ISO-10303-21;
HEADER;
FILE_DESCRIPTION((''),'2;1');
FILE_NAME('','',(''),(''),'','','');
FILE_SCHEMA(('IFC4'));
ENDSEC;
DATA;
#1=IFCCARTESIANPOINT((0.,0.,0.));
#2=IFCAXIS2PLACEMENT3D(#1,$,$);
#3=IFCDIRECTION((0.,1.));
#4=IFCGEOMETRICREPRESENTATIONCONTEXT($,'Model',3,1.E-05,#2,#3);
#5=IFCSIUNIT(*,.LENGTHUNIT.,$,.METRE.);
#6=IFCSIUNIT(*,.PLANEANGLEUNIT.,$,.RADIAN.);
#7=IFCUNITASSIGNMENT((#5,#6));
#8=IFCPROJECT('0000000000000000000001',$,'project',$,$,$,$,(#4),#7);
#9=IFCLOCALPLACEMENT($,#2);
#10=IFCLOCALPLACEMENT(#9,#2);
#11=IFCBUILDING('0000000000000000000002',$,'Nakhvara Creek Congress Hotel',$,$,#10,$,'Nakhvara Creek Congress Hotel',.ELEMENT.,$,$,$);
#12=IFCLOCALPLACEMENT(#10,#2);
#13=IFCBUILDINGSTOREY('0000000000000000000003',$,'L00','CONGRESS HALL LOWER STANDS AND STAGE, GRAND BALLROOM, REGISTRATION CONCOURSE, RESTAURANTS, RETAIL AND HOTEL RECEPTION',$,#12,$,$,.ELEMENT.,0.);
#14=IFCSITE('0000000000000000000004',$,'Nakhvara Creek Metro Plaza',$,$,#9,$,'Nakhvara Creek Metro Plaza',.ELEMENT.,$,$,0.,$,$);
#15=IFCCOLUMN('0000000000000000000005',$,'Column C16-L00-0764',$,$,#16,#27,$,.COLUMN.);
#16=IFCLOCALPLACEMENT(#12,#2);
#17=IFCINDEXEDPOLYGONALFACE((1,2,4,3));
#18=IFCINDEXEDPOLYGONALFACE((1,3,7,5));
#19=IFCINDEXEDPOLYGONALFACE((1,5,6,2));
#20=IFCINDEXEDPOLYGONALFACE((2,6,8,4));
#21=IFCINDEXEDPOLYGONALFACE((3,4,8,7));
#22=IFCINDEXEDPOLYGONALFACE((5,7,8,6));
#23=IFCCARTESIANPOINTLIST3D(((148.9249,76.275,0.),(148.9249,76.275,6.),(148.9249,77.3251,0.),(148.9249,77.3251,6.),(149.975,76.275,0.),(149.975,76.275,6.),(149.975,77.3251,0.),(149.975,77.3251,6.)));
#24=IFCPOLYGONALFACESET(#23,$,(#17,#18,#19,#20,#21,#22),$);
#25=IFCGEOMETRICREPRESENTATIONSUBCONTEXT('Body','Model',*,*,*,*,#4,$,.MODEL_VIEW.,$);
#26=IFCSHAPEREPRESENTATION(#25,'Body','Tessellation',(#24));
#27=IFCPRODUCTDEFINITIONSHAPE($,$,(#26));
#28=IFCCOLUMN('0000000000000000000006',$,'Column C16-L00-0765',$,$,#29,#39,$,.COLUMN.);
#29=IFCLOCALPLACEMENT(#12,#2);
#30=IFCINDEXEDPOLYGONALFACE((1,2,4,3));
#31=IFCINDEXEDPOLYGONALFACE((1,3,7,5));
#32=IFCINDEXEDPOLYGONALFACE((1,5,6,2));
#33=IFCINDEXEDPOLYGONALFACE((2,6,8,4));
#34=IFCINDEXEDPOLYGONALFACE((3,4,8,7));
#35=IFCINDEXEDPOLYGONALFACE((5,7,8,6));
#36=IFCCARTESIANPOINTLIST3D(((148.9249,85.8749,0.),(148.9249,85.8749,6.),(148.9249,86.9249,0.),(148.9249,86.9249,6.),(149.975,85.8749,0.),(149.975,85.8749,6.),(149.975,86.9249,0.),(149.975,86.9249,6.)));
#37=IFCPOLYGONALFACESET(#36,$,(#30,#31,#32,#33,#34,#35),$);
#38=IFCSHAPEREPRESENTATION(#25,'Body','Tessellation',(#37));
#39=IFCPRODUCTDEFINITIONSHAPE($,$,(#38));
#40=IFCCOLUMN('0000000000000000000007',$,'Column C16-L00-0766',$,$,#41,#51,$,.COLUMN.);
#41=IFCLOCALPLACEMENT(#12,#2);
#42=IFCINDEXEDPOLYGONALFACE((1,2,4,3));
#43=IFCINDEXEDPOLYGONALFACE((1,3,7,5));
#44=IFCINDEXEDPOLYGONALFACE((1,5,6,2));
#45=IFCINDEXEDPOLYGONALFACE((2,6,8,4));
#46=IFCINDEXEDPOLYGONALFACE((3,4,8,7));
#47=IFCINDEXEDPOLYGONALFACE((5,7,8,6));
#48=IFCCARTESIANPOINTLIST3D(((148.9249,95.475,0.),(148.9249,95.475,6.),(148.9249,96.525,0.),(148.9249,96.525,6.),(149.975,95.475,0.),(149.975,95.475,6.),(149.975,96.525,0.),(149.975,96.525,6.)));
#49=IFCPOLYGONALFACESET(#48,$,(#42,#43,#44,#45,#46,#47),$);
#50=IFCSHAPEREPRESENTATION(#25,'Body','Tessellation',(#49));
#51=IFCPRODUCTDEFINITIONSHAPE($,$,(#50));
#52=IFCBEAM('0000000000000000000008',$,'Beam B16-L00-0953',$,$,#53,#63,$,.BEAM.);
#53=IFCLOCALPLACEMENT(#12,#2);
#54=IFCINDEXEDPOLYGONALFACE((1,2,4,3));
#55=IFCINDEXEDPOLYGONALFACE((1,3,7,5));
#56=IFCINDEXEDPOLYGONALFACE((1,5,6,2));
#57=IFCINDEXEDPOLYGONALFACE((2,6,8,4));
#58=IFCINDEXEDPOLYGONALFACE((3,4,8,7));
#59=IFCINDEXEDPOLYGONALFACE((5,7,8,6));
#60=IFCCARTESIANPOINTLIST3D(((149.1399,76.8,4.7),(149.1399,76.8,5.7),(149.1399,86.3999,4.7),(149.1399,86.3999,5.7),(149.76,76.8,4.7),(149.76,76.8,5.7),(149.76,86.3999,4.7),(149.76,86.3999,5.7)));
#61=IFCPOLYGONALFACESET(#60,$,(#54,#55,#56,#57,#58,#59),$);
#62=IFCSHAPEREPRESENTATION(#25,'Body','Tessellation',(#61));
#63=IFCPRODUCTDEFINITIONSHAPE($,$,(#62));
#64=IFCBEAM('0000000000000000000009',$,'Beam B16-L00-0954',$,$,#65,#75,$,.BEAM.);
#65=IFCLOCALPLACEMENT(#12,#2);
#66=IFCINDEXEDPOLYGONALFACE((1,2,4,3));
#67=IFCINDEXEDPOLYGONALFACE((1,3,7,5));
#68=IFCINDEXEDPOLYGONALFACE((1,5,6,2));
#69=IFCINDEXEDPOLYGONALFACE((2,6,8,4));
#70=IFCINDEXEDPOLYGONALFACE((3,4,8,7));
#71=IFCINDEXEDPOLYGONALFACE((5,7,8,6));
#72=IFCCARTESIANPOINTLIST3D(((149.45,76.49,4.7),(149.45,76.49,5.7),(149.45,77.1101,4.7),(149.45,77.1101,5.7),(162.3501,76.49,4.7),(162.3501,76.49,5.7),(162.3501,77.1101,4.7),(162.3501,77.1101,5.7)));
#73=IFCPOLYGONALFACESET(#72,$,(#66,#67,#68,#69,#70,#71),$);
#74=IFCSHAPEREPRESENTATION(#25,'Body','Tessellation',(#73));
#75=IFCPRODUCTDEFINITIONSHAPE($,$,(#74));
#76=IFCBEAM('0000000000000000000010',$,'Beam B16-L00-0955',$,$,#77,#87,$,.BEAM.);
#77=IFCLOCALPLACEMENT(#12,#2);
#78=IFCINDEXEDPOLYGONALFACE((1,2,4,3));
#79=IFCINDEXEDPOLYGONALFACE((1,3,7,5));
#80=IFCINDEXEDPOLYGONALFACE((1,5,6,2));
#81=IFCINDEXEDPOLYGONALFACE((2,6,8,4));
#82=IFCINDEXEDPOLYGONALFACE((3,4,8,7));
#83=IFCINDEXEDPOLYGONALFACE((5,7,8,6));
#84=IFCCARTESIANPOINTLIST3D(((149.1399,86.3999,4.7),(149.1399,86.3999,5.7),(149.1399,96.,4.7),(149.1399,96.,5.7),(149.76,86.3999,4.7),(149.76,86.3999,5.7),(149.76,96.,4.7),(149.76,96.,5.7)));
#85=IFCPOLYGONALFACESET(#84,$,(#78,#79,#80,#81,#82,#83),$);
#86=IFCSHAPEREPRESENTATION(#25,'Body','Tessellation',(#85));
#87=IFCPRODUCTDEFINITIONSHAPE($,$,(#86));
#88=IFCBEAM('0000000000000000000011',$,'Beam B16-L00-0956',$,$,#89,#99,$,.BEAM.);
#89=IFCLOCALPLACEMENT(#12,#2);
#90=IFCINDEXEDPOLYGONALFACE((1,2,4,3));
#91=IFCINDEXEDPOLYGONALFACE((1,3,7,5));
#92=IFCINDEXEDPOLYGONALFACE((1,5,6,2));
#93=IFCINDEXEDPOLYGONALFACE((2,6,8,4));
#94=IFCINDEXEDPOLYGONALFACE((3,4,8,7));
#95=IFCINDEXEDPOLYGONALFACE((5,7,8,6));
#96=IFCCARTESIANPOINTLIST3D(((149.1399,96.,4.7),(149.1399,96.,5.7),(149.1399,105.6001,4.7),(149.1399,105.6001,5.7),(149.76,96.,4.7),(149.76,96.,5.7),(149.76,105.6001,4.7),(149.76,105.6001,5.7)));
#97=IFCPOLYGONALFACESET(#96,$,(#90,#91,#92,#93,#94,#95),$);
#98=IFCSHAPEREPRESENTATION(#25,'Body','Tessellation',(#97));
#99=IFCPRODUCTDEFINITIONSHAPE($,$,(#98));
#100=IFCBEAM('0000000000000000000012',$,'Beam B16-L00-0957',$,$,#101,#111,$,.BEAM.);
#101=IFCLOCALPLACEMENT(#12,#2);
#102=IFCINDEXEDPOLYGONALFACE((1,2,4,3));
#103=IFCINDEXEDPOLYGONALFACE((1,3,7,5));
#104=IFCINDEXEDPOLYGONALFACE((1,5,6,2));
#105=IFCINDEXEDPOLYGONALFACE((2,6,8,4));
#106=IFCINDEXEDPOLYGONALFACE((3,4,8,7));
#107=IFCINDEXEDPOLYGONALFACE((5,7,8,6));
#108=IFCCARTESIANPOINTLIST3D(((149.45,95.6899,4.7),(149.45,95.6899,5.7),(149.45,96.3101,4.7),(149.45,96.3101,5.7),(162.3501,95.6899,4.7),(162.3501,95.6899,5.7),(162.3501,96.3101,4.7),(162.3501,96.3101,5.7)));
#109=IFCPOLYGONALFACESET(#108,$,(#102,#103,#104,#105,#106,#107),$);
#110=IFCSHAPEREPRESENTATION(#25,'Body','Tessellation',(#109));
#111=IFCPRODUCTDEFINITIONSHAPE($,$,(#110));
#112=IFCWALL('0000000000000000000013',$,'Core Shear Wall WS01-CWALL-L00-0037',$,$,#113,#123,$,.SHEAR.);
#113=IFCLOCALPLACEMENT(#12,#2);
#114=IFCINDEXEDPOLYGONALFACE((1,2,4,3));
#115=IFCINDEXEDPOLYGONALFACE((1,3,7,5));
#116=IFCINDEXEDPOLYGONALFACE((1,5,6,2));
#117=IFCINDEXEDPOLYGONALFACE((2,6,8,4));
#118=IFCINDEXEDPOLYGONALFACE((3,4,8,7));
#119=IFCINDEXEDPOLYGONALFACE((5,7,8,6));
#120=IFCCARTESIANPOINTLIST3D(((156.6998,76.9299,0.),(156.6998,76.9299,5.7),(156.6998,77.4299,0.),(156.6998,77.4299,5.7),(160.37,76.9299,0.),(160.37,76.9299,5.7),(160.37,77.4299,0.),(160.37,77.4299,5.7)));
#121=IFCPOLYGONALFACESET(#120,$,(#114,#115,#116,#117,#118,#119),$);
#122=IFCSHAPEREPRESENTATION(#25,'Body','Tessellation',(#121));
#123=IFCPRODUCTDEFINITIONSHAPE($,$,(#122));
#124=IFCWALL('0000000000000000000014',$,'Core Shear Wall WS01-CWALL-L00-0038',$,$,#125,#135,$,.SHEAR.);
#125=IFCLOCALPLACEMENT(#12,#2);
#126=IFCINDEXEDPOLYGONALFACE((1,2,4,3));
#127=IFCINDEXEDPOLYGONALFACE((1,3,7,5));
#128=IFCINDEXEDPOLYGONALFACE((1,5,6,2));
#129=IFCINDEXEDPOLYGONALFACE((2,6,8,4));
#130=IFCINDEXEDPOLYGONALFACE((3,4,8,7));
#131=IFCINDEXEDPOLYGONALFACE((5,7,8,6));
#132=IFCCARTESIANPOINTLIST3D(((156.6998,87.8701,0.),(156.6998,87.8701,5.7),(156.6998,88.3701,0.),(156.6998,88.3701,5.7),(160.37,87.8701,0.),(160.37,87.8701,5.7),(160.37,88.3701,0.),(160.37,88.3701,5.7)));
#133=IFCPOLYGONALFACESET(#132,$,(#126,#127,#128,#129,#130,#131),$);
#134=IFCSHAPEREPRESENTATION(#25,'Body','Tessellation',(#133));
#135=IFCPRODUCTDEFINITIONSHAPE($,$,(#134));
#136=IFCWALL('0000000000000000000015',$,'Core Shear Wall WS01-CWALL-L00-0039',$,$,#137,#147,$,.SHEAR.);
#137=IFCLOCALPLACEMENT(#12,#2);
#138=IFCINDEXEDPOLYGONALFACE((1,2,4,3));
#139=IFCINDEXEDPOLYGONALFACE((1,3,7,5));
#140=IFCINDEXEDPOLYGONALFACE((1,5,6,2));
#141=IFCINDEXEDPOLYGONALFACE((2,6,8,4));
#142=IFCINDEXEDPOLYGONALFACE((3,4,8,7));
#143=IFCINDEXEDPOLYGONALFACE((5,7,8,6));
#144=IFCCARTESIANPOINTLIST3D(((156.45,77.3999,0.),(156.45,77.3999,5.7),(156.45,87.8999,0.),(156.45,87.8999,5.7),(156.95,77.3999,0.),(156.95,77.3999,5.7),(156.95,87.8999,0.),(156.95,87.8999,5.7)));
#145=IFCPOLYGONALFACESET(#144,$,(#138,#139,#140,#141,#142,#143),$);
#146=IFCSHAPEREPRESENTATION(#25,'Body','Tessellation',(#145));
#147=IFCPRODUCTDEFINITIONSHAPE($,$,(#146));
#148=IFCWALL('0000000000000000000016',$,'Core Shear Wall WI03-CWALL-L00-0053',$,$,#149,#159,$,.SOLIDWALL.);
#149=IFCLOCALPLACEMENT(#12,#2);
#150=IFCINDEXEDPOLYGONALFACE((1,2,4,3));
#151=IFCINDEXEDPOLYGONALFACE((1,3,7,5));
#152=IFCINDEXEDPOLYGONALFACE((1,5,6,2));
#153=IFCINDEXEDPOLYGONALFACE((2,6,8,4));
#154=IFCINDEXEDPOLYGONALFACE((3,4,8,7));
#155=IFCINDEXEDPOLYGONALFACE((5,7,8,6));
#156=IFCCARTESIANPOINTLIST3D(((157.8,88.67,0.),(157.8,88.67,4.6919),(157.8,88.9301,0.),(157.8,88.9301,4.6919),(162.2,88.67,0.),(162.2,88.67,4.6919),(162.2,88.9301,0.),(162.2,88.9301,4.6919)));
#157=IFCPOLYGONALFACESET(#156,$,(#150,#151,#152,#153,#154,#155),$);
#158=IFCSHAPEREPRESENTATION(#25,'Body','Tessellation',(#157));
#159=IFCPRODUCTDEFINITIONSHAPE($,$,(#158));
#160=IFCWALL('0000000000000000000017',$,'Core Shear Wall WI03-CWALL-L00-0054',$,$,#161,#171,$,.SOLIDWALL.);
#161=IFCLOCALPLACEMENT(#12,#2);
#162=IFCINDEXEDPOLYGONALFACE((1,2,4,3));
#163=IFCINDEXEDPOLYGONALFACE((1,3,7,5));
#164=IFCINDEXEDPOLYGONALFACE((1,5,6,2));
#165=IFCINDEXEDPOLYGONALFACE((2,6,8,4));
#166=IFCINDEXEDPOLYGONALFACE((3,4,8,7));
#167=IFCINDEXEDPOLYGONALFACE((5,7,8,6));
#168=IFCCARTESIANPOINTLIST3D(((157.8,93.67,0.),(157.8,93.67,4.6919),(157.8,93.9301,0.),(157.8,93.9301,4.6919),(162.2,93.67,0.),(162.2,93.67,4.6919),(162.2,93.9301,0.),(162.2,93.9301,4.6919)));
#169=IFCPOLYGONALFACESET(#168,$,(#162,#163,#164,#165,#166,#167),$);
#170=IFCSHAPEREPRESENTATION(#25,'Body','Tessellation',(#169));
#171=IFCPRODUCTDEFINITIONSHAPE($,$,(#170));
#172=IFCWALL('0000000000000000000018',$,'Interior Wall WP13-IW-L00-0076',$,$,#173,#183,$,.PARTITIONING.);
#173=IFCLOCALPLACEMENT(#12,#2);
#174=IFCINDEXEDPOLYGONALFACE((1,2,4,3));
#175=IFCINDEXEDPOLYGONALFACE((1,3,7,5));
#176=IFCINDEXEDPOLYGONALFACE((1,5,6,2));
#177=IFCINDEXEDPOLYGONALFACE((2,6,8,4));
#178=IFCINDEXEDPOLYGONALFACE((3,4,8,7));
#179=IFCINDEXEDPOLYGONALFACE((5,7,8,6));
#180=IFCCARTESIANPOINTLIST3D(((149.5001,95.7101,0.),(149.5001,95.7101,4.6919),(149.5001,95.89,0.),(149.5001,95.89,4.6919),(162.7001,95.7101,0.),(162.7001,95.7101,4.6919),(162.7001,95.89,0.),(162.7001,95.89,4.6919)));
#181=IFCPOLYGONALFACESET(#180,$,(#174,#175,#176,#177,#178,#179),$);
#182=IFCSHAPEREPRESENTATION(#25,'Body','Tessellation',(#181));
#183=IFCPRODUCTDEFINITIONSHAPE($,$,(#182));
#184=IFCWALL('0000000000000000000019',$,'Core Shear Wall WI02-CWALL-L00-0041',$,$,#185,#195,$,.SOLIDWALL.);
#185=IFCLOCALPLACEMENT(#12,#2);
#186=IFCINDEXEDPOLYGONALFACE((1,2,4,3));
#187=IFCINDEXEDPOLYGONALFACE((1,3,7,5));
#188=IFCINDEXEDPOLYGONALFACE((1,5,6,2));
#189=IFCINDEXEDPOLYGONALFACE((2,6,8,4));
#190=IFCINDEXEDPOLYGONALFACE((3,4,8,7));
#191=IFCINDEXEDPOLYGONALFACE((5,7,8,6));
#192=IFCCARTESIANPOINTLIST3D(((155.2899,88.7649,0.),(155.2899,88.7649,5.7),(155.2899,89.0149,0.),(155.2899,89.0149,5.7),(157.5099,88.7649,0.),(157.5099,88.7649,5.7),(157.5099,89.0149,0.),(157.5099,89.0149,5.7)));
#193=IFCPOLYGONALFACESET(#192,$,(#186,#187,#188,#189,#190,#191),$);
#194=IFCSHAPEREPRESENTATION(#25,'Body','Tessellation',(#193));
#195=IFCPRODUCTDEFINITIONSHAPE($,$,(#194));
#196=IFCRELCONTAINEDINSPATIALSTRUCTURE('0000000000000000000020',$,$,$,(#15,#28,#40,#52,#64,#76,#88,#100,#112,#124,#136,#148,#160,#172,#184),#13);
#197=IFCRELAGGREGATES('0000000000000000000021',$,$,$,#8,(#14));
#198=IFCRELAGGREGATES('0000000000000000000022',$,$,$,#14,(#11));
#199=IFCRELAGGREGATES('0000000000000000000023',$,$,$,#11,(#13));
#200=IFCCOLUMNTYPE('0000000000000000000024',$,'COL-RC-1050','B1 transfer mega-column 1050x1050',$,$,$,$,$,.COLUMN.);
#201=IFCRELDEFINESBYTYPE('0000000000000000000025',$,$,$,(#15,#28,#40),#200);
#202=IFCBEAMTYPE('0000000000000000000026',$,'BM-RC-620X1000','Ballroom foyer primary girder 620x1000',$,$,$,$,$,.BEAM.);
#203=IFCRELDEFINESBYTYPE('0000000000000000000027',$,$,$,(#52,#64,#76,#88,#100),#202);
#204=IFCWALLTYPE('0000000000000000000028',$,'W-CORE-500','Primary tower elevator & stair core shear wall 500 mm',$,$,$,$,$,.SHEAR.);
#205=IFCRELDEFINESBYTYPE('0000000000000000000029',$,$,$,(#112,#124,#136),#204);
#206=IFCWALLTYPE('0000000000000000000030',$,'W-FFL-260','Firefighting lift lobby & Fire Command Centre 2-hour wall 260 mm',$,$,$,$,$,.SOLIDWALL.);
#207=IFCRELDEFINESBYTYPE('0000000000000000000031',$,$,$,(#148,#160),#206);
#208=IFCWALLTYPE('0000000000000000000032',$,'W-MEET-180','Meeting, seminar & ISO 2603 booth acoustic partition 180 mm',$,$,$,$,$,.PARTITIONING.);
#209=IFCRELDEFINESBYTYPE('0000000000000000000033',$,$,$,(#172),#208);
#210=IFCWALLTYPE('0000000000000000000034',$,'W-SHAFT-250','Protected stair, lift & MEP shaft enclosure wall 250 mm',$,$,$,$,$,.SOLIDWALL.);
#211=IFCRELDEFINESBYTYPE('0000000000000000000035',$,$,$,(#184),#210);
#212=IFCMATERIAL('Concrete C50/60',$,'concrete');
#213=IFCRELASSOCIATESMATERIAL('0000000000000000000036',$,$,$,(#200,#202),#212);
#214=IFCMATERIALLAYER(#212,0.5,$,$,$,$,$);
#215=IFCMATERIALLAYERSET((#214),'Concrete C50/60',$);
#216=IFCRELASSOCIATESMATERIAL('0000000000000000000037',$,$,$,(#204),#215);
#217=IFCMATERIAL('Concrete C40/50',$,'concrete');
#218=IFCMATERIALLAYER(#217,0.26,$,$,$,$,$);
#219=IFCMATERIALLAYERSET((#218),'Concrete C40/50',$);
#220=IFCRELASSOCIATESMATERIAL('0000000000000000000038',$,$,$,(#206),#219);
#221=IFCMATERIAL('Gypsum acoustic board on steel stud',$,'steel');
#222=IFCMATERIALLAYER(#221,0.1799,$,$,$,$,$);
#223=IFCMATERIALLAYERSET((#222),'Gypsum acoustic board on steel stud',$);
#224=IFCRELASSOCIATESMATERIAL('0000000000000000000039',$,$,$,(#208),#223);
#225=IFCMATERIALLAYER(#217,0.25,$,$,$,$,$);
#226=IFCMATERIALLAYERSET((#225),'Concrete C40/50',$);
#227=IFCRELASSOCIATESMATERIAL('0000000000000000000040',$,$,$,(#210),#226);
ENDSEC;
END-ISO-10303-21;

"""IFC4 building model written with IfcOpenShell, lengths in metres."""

from ifc_helpers import new_model, si_unit, direction, frame, frame_2d, origin, origin_2d, place, context, subcontext, project, spatial, rectangle, extrude, material, layer, layer_set, material_profile, profile_set, type_object, element, save


model = new_model("IFC4")

# Units and contexts
model_context = context("Model", 3, precision=1e-05, world=origin(), true_north=direction((0.0, 1.0)))
body_context = subcontext(model_context, "Body", "Model", "MODEL_VIEW")
ifc_project = project(units=[si_unit("LENGTHUNIT", "METRE"), si_unit("PLANEANGLEUNIT", "RADIAN")], contexts=[model_context])

# Site, building, storey
site_placement = place(None, origin())
site = spatial("IfcSite", under=ifc_project, at=site_placement, Name="Nakhvara Creek Metro Plaza", LongName="Nakhvara Creek Metro Plaza", CompositionType="ELEMENT", RefElevation=0.0)
building_placement = place(site_placement, origin())
building = spatial("IfcBuilding", under=site, at=building_placement, Name="Nakhvara Creek Congress Hotel", LongName="Nakhvara Creek Congress Hotel", CompositionType="ELEMENT")
storey_placement = place(building_placement, origin())
storey = spatial("IfcBuildingStorey", under=building, at=storey_placement, Name="L00", Description="CONGRESS HALL LOWER STANDS AND STAGE, GRAND BALLROOM, REGISTRATION CONCOURSE, RESTAURANTS, RETAIL AND HOTEL RECEPTION", CompositionType="ELEMENT", Elevation=0.0)

# Columns
ifc_material_1 = material(Name="Concrete C50/60", Category="concrete")
ifc_material_profile_1 = material_profile(ifc_material_1, rectangle(XDim=1.05, YDim=1.05, at=origin_2d()), Name="RC-COL 1050x1050", Category="LoadBearing")
ifc_profile_set_1 = profile_set([ifc_material_profile_1], Name="Concrete C50/60")
column_type = type_object("IfcColumnType", Name="COL-RC-1050", Description="B1 transfer mega-column 1050x1050", PredefinedType="COLUMN", material=ifc_profile_set_1)
for number, where, z_axis, x_axis, name in (
    (1, (149.45, 76.8, 0.0), (0.0, 0.0, 1.0), (1.0, 0.0, 0.0), "Column C16-L00-0764"),
    (2, (149.45, 86.3999, 0.0), (0.0, 0.0, 1.0), (1.0, 0.0, 0.0), "Column C16-L00-0765"),
    (3, (149.45, 96.0, 0.0), (0.0, 0.0, 1.0), (1.0, 0.0, 0.0), "Column C16-L00-0766"),
):
    element("IfcColumn", number, at=place(storey_placement, frame(where, z_axis=z_axis, x_axis=x_axis)), inside=storey, type_object=column_type, Name=name, PredefinedType="COLUMN", context=body_context, shape_type="SweptSolid", body=[
        extrude(rectangle(XDim=1.05, YDim=1.05, at=origin_2d()), origin(), (0.0, 0.0, 1.0), 6.0),
    ])

# Beams
ifc_material_profile_2 = material_profile(ifc_material_1, rectangle(XDim=0.6201, YDim=1.0, at=origin_2d()), Name="RC-BM 620x1000", Category="LoadBearing")
ifc_profile_set_2 = profile_set([ifc_material_profile_2], Name="Concrete C50/60")
beam_type = type_object("IfcBeamType", Name="BM-RC-620X1000", Description="Ballroom foyer primary girder 620x1000", PredefinedType="BEAM", material=ifc_profile_set_2)
beam_1_placement = place(storey_placement, frame((149.45, 76.8, 5.2), z_axis=(0.0, 1.0, 0.0), x_axis=(-1.0, 0.0, 0.0)))
element("IfcBeam", 4, at=beam_1_placement, inside=storey, type_object=beam_type, Name="Beam B16-L00-0953", PredefinedType="BEAM", context=body_context, shape_type="SweptSolid", body=[
    extrude(rectangle(XDim=0.6201, YDim=1.0, at=origin_2d()), origin(), (0.0, 0.0, 1.0), 9.5999),
])
beam_2_placement = place(storey_placement, frame((149.45, 76.8, 5.2), z_axis=(1.0, 0.0, 0.0), x_axis=(0.0, 1.0, 0.0)))
element("IfcBeam", 5, at=beam_2_placement, inside=storey, type_object=beam_type, Name="Beam B16-L00-0954", PredefinedType="BEAM", context=body_context, shape_type="SweptSolid", body=[
    extrude(rectangle(XDim=0.6201, YDim=1.0, at=origin_2d()), origin(), (0.0, 0.0, 1.0), 12.9001),
])
for number, where, z_axis, x_axis, name in (
    (6, (149.45, 86.3999, 5.2), (0.0, 1.0, 0.0), (-1.0, 0.0, 0.0), "Beam B16-L00-0955"),
    (7, (149.45, 96.0, 5.2), (0.0, 1.0, 0.0), (-1.0, 0.0, 0.0), "Beam B16-L00-0956"),
):
    element("IfcBeam", number, at=place(storey_placement, frame(where, z_axis=z_axis, x_axis=x_axis)), inside=storey, type_object=beam_type, Name=name, PredefinedType="BEAM", context=body_context, shape_type="SweptSolid", body=[
        extrude(rectangle(XDim=0.6201, YDim=1.0, at=origin_2d()), origin(), (0.0, 0.0, 1.0), 9.6001),
    ])
beam_3_placement = place(storey_placement, frame((149.45, 96.0, 5.2), z_axis=(1.0, 0.0, 0.0), x_axis=(0.0, 1.0, 0.0)))
element("IfcBeam", 8, at=beam_3_placement, inside=storey, type_object=beam_type, Name="Beam B16-L00-0957", PredefinedType="BEAM", context=body_context, shape_type="SweptSolid", body=[
    extrude(rectangle(XDim=0.6201, YDim=1.0, at=origin_2d()), origin(), (0.0, 0.0, 1.0), 12.9001),
])

# Walls
ifc_layer_1 = layer(ifc_material_1, 0.5)
ifc_layer_set_1 = layer_set([ifc_layer_1], Name="Concrete C50/60")
wall_type_1 = type_object("IfcWallType", Name="W-CORE-500", Description="Primary tower elevator & stair core shear wall 500 mm", PredefinedType="SHEAR", material=ifc_layer_set_1)
for number, where, z_axis, x_axis, name in (
    (9, (156.7, 77.1799, 0.0), (0.0, 0.0, 1.0), (1.0, 0.0, 0.0), "Core Shear Wall WS01-CWALL-L00-0037"),
    (10, (156.7, 88.1201, 0.0), (0.0, 0.0, 1.0), (1.0, 0.0, 0.0), "Core Shear Wall WS01-CWALL-L00-0038"),
):
    element("IfcWall", number, at=place(storey_placement, frame(where, z_axis=z_axis, x_axis=x_axis)), inside=storey, type_object=wall_type_1, Name=name, PredefinedType="SHEAR", context=body_context, shape_type="SweptSolid", body=[
        extrude(rectangle(XDim=3.6702, YDim=0.5, at=frame_2d((1.835, 0.0))), origin(), (0.0, 0.0, 1.0), 5.7),
    ])
wall_1_placement = place(storey_placement, frame((156.7, 77.3999, 0.0), z_axis=(0.0, 0.0, 1.0), x_axis=(0.0, 1.0, 0.0)))
element("IfcWall", 11, at=wall_1_placement, inside=storey, type_object=wall_type_1, Name="Core Shear Wall WS01-CWALL-L00-0039", PredefinedType="SHEAR", context=body_context, shape_type="SweptSolid", body=[
    extrude(rectangle(XDim=10.5, YDim=0.5, at=frame_2d((5.25, 0.0))), origin(), (0.0, 0.0, 1.0), 5.7),
])
ifc_material_2 = material(Name="Concrete C40/50", Category="concrete")
ifc_layer_2 = layer(ifc_material_2, 0.26)
ifc_layer_set_2 = layer_set([ifc_layer_2], Name="Concrete C40/50")
wall_type_2 = type_object("IfcWallType", Name="W-FFL-260", Description="Firefighting lift lobby & Fire Command Centre 2-hour wall 260 mm", PredefinedType="SOLIDWALL", material=ifc_layer_set_2)
for number, where, z_axis, x_axis, name in (
    (12, (157.8, 88.8, 0.0), (0.0, 0.0, 1.0), (1.0, 0.0, 0.0), "Core Shear Wall WI03-CWALL-L00-0053"),
    (13, (157.8, 93.8, 0.0), (0.0, 0.0, 1.0), (1.0, 0.0, 0.0), "Core Shear Wall WI03-CWALL-L00-0054"),
):
    element("IfcWall", number, at=place(storey_placement, frame(where, z_axis=z_axis, x_axis=x_axis)), inside=storey, type_object=wall_type_2, Name=name, PredefinedType="SOLIDWALL", context=body_context, shape_type="SweptSolid", body=[
        extrude(rectangle(XDim=4.3999, YDim=0.26, at=frame_2d((2.2, 0.0))), origin(), (0.0, 0.0, 1.0), 4.6919),
    ])
ifc_material_3 = material(Name="Gypsum acoustic board on steel stud", Category="steel")
ifc_layer_3 = layer(ifc_material_3, 0.1799)
ifc_layer_set_3 = layer_set([ifc_layer_3], Name="Gypsum acoustic board on steel stud")
wall_type_3 = type_object("IfcWallType", Name="W-MEET-180", Description="Meeting, seminar & ISO 2603 booth acoustic partition 180 mm", PredefinedType="PARTITIONING", material=ifc_layer_set_3)
wall_2_placement = place(storey_placement, frame((149.5, 95.8, 0.0), z_axis=(0.0, 0.0, 1.0), x_axis=(1.0, 0.0, 0.0)))
element("IfcWall", 14, at=wall_2_placement, inside=storey, type_object=wall_type_3, Name="Interior Wall WP13-IW-L00-0076", PredefinedType="PARTITIONING", context=body_context, shape_type="SweptSolid", body=[
    extrude(rectangle(XDim=13.2, YDim=0.1799, at=frame_2d((6.6001, 0.0))), origin(), (0.0, 0.0, 1.0), 4.6919),
])
ifc_layer_4 = layer(ifc_material_2, 0.25)
ifc_layer_set_4 = layer_set([ifc_layer_4], Name="Concrete C40/50")
wall_type_4 = type_object("IfcWallType", Name="W-SHAFT-250", Description="Protected stair, lift & MEP shaft enclosure wall 250 mm", PredefinedType="SOLIDWALL", material=ifc_layer_set_4)
for number, where, z_axis, x_axis, name in (
    (15, (155.29, 88.8899, 0.0), (0.0, 0.0, 1.0), (1.0, 0.0, 0.0), "Core Shear Wall WI02-CWALL-L00-0041"),
):
    element("IfcWall", number, at=place(storey_placement, frame(where, z_axis=z_axis, x_axis=x_axis)), inside=storey, type_object=wall_type_4, Name=name, PredefinedType="SOLIDWALL", context=body_context, shape_type="SweptSolid", body=[
        extrude(rectangle(XDim=2.22, YDim=0.25, at=frame_2d((1.1099, 0.0))), origin(), (0.0, 0.0, 1.0), 5.7),
    ])

save(model, "model.ifc")
